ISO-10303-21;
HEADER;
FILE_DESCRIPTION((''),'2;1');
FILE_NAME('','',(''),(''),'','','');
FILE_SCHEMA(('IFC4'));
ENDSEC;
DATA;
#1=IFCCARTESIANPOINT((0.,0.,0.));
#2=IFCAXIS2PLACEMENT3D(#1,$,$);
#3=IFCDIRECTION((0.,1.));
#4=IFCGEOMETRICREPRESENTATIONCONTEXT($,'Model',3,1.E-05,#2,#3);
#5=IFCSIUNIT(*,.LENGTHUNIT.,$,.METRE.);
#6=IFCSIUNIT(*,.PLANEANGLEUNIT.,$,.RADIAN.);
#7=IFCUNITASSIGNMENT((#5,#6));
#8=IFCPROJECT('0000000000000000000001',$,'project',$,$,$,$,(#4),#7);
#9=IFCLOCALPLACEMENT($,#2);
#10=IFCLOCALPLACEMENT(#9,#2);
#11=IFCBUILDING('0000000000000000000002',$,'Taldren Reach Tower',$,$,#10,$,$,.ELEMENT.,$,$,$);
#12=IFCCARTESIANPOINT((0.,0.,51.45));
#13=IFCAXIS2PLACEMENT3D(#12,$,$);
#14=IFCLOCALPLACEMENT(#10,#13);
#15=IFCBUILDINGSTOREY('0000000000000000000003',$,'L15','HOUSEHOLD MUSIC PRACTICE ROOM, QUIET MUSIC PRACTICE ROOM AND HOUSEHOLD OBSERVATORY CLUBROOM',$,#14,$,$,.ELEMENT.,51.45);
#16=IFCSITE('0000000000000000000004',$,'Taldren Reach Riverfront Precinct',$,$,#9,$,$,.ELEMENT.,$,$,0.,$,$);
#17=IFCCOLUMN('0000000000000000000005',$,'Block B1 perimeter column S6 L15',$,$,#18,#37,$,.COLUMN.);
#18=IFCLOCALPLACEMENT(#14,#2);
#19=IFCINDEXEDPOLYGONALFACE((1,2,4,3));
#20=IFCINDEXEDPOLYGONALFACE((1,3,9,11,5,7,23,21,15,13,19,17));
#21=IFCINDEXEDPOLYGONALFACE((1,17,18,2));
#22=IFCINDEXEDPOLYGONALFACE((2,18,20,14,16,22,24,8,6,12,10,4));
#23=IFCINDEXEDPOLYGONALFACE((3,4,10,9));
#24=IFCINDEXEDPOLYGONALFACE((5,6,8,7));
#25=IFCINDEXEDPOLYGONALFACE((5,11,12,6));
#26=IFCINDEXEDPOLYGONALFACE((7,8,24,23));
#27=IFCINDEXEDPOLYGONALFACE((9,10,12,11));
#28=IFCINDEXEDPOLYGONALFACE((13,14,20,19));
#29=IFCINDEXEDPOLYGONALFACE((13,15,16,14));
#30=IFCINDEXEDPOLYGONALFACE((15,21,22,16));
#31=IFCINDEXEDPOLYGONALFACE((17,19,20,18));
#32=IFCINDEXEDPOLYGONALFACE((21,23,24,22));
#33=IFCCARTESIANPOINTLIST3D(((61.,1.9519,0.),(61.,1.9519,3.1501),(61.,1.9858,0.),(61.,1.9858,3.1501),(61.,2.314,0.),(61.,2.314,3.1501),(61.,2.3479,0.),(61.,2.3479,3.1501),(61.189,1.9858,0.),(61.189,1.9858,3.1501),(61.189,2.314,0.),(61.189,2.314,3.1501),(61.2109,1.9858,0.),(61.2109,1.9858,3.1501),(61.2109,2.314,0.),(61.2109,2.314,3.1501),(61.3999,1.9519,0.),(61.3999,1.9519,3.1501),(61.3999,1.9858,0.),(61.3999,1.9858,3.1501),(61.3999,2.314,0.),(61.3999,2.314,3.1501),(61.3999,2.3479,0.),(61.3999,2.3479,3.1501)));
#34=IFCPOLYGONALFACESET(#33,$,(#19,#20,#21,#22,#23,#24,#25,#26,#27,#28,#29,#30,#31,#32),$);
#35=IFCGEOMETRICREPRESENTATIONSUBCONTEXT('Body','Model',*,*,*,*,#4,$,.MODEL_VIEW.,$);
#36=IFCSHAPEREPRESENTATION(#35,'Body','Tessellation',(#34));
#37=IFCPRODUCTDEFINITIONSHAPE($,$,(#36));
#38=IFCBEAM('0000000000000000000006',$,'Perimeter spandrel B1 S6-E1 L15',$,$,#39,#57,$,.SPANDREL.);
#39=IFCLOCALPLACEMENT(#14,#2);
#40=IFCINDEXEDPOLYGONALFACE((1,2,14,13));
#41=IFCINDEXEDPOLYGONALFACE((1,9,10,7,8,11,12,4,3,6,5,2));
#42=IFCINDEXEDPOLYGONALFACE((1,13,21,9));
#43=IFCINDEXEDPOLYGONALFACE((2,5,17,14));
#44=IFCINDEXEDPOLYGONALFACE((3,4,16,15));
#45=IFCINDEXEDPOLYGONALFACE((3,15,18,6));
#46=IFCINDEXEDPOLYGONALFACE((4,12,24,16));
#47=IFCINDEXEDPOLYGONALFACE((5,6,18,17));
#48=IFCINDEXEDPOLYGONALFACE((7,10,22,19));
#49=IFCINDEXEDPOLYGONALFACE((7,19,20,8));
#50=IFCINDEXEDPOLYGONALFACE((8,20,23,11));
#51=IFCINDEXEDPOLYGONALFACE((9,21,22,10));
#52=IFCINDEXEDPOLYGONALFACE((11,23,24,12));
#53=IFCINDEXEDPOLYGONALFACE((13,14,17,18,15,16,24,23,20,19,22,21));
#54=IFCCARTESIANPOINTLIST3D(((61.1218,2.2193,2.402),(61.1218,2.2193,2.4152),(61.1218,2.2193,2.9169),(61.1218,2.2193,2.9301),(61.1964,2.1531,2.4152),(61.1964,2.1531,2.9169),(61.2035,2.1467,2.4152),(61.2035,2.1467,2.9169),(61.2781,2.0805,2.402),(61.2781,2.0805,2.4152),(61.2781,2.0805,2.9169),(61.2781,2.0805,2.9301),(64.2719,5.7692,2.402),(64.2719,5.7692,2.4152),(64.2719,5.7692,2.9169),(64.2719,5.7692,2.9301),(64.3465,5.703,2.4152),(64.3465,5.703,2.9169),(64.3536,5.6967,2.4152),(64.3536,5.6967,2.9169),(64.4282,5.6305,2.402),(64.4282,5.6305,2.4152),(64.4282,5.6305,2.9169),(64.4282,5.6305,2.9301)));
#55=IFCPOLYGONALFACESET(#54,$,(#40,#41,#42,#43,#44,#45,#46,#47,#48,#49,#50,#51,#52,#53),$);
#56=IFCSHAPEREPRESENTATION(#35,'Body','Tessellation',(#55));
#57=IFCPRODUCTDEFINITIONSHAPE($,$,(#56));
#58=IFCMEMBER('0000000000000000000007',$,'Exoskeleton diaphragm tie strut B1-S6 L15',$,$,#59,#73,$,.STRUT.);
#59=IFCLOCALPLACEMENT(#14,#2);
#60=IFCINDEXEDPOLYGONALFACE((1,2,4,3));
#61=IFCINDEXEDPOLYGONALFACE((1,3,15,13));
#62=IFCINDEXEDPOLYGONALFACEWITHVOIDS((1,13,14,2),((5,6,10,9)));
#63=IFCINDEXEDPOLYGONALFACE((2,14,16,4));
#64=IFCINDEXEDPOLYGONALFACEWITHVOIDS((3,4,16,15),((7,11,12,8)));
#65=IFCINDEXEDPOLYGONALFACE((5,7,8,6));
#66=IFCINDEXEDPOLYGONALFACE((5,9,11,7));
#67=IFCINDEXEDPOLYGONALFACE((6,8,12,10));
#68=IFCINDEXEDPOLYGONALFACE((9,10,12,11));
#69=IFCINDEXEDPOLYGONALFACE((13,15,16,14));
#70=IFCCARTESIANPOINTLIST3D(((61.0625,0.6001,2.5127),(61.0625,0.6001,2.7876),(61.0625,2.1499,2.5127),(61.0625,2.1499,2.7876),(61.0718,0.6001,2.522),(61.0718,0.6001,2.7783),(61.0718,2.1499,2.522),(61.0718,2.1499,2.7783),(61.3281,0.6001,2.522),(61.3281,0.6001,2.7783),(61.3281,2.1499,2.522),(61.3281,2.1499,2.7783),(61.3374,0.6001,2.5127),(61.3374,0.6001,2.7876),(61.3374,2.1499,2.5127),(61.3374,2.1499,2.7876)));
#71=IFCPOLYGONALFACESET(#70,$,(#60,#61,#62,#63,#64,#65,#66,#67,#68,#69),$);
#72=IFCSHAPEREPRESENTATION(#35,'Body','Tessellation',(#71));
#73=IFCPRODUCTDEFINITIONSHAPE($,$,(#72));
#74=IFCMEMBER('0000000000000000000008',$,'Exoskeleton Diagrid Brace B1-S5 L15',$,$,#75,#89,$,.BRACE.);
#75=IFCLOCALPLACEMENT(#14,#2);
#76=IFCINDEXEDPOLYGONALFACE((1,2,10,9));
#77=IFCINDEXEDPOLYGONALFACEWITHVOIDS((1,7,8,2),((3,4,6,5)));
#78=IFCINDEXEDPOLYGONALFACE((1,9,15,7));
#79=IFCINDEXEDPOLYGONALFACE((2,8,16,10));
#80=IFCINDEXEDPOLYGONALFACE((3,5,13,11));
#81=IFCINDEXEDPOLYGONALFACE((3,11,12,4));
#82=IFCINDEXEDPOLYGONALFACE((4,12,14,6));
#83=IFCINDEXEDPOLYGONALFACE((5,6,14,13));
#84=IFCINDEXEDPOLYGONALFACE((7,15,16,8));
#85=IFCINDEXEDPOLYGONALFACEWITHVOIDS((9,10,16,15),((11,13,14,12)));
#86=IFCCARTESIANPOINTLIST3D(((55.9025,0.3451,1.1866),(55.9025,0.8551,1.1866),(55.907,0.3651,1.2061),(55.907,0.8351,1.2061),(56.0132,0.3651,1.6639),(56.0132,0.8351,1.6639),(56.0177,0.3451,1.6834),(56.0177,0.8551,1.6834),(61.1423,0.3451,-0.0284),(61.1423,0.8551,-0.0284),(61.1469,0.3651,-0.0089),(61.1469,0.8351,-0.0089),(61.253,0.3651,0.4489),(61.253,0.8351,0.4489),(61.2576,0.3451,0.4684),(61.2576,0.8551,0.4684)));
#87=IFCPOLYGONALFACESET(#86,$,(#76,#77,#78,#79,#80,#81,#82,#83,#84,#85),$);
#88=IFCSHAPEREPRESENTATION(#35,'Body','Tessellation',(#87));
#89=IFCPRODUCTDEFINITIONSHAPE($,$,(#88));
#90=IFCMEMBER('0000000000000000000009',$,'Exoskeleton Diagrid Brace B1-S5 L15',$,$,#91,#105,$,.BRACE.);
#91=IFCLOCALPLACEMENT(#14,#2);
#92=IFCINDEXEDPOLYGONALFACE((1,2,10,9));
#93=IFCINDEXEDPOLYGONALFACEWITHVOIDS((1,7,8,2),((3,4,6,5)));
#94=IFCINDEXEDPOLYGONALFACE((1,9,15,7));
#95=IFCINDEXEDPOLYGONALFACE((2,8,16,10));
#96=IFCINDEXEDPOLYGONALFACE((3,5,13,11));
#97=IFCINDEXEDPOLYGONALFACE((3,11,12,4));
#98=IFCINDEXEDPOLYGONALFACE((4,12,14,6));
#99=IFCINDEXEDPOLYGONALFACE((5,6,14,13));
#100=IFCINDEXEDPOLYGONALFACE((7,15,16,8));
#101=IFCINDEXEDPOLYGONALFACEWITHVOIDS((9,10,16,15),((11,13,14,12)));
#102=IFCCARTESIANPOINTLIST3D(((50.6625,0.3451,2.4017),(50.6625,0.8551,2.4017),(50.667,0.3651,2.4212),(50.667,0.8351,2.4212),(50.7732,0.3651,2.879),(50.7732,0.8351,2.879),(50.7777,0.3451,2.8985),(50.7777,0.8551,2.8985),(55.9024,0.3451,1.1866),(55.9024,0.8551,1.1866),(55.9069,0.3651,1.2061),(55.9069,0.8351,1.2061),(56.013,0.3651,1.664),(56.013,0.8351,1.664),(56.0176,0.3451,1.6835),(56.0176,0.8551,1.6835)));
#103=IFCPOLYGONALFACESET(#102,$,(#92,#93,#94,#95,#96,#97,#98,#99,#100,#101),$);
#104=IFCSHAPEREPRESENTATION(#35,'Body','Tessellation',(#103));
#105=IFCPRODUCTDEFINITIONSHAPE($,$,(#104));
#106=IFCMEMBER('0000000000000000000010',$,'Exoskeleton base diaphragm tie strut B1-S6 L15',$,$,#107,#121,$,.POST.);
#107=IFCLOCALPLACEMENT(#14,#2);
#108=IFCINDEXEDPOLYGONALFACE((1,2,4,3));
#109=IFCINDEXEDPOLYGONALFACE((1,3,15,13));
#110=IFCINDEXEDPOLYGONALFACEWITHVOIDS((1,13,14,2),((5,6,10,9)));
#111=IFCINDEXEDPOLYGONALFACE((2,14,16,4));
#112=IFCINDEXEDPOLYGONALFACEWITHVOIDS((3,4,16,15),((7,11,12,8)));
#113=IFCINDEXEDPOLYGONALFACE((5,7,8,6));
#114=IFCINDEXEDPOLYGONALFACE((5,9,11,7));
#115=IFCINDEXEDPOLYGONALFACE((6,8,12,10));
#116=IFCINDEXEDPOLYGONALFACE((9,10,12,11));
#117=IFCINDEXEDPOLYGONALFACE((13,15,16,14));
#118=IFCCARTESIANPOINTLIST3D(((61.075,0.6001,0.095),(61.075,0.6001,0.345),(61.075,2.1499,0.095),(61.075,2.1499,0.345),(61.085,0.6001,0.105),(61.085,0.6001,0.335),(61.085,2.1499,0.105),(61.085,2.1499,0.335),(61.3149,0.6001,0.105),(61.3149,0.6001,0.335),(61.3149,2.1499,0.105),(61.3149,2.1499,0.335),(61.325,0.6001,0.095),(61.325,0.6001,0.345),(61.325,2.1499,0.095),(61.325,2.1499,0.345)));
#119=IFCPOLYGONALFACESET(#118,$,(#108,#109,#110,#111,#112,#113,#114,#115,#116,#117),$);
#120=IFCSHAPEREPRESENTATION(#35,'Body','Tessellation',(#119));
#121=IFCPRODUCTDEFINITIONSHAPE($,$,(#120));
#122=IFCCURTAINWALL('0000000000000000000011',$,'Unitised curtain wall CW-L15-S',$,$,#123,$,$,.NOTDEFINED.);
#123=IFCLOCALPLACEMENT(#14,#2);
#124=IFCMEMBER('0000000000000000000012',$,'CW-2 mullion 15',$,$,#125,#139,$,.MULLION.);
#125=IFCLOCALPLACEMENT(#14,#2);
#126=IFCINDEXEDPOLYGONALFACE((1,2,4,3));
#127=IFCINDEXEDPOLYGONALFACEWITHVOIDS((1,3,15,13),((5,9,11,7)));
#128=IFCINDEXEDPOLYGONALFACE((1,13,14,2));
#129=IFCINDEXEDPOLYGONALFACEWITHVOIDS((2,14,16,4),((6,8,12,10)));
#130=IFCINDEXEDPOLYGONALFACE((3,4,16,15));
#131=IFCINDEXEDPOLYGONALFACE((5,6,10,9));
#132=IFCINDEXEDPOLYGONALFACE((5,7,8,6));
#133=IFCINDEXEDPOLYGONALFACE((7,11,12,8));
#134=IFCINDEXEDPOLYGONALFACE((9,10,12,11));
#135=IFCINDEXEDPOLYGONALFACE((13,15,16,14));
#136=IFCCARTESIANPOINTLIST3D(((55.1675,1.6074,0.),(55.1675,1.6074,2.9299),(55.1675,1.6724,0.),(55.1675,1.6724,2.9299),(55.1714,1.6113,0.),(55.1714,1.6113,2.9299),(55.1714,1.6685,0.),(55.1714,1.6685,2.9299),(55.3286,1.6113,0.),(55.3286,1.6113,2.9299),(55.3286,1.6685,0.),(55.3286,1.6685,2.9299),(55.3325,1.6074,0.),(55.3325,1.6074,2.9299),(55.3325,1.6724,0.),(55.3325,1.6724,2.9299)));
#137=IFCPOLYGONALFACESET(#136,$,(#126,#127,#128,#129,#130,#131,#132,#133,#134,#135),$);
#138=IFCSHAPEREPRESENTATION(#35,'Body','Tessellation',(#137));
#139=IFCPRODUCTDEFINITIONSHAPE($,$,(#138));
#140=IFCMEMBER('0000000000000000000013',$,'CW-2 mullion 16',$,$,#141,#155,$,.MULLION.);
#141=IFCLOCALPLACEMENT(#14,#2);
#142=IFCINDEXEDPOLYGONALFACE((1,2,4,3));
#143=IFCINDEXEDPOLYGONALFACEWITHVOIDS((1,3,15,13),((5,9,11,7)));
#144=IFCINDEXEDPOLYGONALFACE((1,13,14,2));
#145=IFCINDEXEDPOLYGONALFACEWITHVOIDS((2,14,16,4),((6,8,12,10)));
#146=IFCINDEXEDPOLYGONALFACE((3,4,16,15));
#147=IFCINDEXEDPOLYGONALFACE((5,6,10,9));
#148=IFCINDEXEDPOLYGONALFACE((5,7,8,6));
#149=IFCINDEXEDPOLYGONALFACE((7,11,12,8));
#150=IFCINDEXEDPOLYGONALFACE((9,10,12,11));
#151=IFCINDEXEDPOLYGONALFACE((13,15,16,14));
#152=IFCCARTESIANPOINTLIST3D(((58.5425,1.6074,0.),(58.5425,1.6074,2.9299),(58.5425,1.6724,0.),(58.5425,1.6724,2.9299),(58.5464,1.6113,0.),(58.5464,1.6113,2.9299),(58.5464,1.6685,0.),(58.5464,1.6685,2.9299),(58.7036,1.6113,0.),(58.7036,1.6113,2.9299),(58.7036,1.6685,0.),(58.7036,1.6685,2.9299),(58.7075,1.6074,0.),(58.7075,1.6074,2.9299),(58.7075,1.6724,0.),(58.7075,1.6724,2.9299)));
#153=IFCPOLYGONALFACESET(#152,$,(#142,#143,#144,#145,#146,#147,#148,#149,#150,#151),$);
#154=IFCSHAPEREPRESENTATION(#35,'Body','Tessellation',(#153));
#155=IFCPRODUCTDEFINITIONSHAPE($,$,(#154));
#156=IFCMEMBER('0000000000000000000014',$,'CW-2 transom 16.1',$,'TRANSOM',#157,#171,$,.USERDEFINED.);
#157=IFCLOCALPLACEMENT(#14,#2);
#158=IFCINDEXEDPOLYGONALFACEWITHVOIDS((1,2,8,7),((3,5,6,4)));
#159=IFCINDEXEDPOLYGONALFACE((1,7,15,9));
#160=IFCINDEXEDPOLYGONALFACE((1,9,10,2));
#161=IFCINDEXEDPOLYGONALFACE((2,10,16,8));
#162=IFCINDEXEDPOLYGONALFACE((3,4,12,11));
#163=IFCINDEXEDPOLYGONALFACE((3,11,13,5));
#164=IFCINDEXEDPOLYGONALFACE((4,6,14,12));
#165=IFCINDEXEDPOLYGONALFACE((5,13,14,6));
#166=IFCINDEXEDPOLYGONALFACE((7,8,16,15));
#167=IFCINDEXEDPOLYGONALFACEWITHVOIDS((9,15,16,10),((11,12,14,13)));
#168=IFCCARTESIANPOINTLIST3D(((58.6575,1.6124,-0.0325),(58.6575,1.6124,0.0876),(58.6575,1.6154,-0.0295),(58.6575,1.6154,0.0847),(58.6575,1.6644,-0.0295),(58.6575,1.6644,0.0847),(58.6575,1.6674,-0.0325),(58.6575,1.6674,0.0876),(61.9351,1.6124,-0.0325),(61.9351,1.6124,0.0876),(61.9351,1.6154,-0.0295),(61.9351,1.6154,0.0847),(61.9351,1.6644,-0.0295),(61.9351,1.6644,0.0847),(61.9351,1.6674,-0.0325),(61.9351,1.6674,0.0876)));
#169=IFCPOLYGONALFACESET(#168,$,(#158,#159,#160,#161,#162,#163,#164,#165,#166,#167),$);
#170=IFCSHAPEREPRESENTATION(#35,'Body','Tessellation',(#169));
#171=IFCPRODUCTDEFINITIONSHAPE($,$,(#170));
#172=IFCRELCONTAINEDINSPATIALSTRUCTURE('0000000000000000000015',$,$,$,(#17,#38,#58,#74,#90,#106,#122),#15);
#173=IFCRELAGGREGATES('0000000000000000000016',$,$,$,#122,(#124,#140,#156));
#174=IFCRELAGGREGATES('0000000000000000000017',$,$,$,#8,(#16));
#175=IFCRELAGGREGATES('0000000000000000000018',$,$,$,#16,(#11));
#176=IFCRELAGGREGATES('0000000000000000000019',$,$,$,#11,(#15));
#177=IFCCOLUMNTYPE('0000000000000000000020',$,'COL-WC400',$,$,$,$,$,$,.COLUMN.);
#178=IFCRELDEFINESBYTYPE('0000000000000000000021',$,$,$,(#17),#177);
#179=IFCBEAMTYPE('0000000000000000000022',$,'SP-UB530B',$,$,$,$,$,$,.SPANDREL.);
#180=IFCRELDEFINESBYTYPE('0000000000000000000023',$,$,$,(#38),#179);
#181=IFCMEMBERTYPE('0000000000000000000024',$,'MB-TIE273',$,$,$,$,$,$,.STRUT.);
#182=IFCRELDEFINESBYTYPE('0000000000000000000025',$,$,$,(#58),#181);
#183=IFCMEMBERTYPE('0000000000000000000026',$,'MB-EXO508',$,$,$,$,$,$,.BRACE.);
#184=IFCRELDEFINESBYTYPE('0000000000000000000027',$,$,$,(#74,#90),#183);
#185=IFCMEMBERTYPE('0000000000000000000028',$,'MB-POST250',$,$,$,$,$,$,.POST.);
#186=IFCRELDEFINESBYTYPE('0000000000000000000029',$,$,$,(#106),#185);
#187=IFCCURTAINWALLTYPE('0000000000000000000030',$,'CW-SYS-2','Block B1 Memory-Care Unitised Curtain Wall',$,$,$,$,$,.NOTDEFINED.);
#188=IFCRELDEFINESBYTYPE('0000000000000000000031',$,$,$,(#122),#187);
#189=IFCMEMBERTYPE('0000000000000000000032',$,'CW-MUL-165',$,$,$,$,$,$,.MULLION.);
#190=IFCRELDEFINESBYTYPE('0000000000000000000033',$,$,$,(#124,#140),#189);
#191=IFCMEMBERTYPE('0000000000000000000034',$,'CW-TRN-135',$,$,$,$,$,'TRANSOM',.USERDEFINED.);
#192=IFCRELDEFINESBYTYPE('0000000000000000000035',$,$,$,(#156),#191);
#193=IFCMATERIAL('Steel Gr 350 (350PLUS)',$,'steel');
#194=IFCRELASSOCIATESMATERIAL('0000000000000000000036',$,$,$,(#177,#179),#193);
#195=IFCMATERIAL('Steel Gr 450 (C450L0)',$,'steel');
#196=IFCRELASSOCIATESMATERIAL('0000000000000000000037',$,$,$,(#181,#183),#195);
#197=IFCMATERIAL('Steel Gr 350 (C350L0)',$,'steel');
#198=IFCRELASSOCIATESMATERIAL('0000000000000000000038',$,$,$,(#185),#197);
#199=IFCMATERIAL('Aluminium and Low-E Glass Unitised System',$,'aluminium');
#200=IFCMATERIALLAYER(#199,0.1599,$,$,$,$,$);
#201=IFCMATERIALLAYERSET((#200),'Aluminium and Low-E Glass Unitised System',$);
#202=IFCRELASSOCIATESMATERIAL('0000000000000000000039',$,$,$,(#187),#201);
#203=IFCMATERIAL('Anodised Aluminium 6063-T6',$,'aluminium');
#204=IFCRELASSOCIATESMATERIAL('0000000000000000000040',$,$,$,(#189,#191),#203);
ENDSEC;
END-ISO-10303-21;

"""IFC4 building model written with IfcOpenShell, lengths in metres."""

from ifc_helpers import new_model, si_unit, direction, frame, origin, origin_2d, place, context, subcontext, project, spatial, hollow_rectangle, i_section, extrude, source, transform, mapped, material, layer, layer_set, material_profile, profile_set, type_object, element, aggregate, save


model = new_model("IFC4")

# Units and contexts
model_context = context("Model", 3, precision=1e-05, world=origin(), true_north=direction((0.0, 1.0)))
body_context = subcontext(model_context, "Body", "Model", "MODEL_VIEW")
ifc_project = project(units=[si_unit("LENGTHUNIT", "METRE"), si_unit("PLANEANGLEUNIT", "RADIAN")], contexts=[model_context])

# Site, building, storey
site_placement = place(None, origin())
site = spatial("IfcSite", under=ifc_project, at=site_placement, Name="Taldren Reach Riverfront Precinct", CompositionType="ELEMENT", RefElevation=0.0)
building_placement = place(site_placement, origin())
building = spatial("IfcBuilding", under=site, at=building_placement, Name="Taldren Reach Tower", CompositionType="ELEMENT")
storey_placement = place(building_placement, frame((0.0, 0.0, 51.45)))
storey = spatial("IfcBuildingStorey", under=building, at=storey_placement, Name="L15", Description="HOUSEHOLD MUSIC PRACTICE ROOM, QUIET MUSIC PRACTICE ROOM AND HOUSEHOLD OBSERVATORY CLUBROOM", CompositionType="ELEMENT", Elevation=51.45)

# Column
ifc_material_1 = material(Name="Steel Gr 350 (350PLUS)", Category="steel")
ifc_material_profile_1 = material_profile(ifc_material_1, i_section(OverallWidth=0.3999, OverallDepth=0.396, WebThickness=0.022, FlangeThickness=0.0339, at=origin_2d()), Name="400WC270")
ifc_profile_set_1 = profile_set([ifc_material_profile_1], Name="Steel Gr 350 (350PLUS)")
column_type = type_object("IfcColumnType", Name="COL-WC400", PredefinedType="COLUMN", material=ifc_profile_set_1)
shared_shape_1 = source(origin(), body_context, "Body", "SweptSolid", [
    extrude(i_section(OverallWidth=0.3999, OverallDepth=0.396, WebThickness=0.022, FlangeThickness=0.0339, at=origin_2d()), origin(), (0.0, 0.0, 1.0), 3.1501),
])
column_placement = place(storey_placement, frame((61.2, 2.1499, 0.0), z_axis=(0.0, 0.0, 1.0), x_axis=(1.0, 0.0, 0.0)))
element("IfcColumn", 1, at=column_placement, inside=storey, type_object=column_type, Name="Block B1 perimeter column S6 L15", PredefinedType="COLUMN", context=body_context, shape_type="MappedRepresentation", body=[
    mapped(shared_shape_1, transform((0.0, 0.0, 0.0), scale=1.0)),
])

# Beam
ifc_material_profile_2 = material_profile(ifc_material_1, i_section(OverallWidth=0.209, OverallDepth=0.5281, WebThickness=0.0095, FlangeThickness=0.0132, at=origin_2d()), Name="530UB82.0")
ifc_profile_set_2 = profile_set([ifc_material_profile_2], Name="Steel Gr 350 (350PLUS)")
beam_type = type_object("IfcBeamType", Name="SP-UB530B", PredefinedType="SPANDREL", material=ifc_profile_set_2)
shared_shape_2 = source(origin(), body_context, "Body", "SweptSolid", [
    extrude(i_section(OverallWidth=0.209, OverallDepth=0.5281, WebThickness=0.0095, FlangeThickness=0.0132, at=origin_2d()), origin(), (0.0, 0.0, 1.0), 4.7461),
])
beam_placement = place(storey_placement, frame((61.2, 2.1499, 2.666), z_axis=(0.663722, 0.747979, 0.0), x_axis=(-0.747979, 0.663722, 0.0)))
element("IfcBeam", 2, at=beam_placement, inside=storey, type_object=beam_type, Name="Perimeter spandrel B1 S6-E1 L15", PredefinedType="SPANDREL", context=body_context, shape_type="MappedRepresentation", body=[
    mapped(shared_shape_2, transform((0.0, 0.0, 0.0), scale=1.0)),
])

# Members
ifc_material_2 = material(Name="Steel Gr 450 (C450L0)", Category="steel")
ifc_material_profile_3 = material_profile(ifc_material_2, hollow_rectangle(XDim=0.2749, YDim=0.2749, WallThickness=0.0093, at=origin_2d()), Name="275x275x9.3SHS")
ifc_profile_set_3 = profile_set([ifc_material_profile_3], Name="Steel Gr 450 (C450L0)")
member_type_1 = type_object("IfcMemberType", Name="MB-TIE273", PredefinedType="STRUT", material=ifc_profile_set_3)
shared_shape_3 = source(origin(), body_context, "Body", "SweptSolid", [
    extrude(hollow_rectangle(XDim=0.2749, YDim=0.2749, WallThickness=0.0093, at=origin_2d()), origin(), (0.0, 0.0, 1.0), 1.5498),
])
member_1_placement = place(storey_placement, frame((61.2, 2.1499, 2.6501), z_axis=(0.0, -1.0, 0.0), x_axis=(1.0, 0.0, 0.0)))
element("IfcMember", 3, at=member_1_placement, inside=storey, type_object=member_type_1, Name="Exoskeleton diaphragm tie strut B1-S6 L15", PredefinedType="STRUT", context=body_context, shape_type="MappedRepresentation", body=[
    mapped(shared_shape_3, transform((0.0, 0.0, 0.0), scale=1.0)),
])
ifc_material_profile_4 = material_profile(ifc_material_2, hollow_rectangle(XDim=0.51, YDim=0.51, WallThickness=0.02, at=origin_2d()), Name="510x510x20.0SHS")
ifc_profile_set_4 = profile_set([ifc_material_profile_4], Name="Steel Gr 450 (C450L0)")
member_type_2 = type_object("IfcMemberType", Name="MB-EXO508", PredefinedType="BRACE", material=ifc_profile_set_4)
shared_shape_4 = source(origin(), body_context, "Body", "SweptSolid", [
    extrude(hollow_rectangle(XDim=0.51, YDim=0.51, WallThickness=0.02, at=origin_2d()), origin(), (0.0, 0.0, 1.0), 5.3789),
])
for number, where, z_axis, x_axis, name in (
    (4, (61.2, 0.6001, 0.22), (-0.974152, 0.0, 0.225894), (0.0, -1.0, 0.0), "Exoskeleton Diagrid Brace B1-S5 L15"),
    (5, (55.96, 0.6001, 1.4351), (-0.974152, 0.0, 0.225894), (0.0, -1.0, 0.0), "Exoskeleton Diagrid Brace B1-S5 L15"),
):
    element("IfcMember", number, at=place(storey_placement, frame(where, z_axis=z_axis, x_axis=x_axis)), inside=storey, type_object=member_type_2, Name=name, PredefinedType="BRACE", context=body_context, shape_type="MappedRepresentation", body=[
        mapped(shared_shape_4, transform((0.0, 0.0, 0.0), scale=1.0)),
    ])
ifc_material_3 = material(Name="Steel Gr 350 (C350L0)", Category="steel")
ifc_material_profile_5 = material_profile(ifc_material_3, hollow_rectangle(XDim=0.25, YDim=0.25, WallThickness=0.01, at=origin_2d()), Name="250x250x10.0SHS")
ifc_profile_set_5 = profile_set([ifc_material_profile_5], Name="Steel Gr 350 (C350L0)")
member_type_3 = type_object("IfcMemberType", Name="MB-POST250", PredefinedType="POST", material=ifc_profile_set_5)
shared_shape_5 = source(origin(), body_context, "Body", "SweptSolid", [
    extrude(hollow_rectangle(XDim=0.25, YDim=0.25, WallThickness=0.01, at=origin_2d()), origin(), (0.0, 0.0, 1.0), 1.5498),
])
member_2_placement = place(storey_placement, frame((61.2, 2.1499, 0.22), z_axis=(0.0, -1.0, 0.0), x_axis=(1.0, 0.0, 0.0)))
element("IfcMember", 6, at=member_2_placement, inside=storey, type_object=member_type_3, Name="Exoskeleton base diaphragm tie strut B1-S6 L15", PredefinedType="POST", context=body_context, shape_type="MappedRepresentation", body=[
    mapped(shared_shape_5, transform((0.0, 0.0, 0.0), scale=1.0)),
])

# Curtain wall, members
ifc_material_4 = material(Name="Aluminium and Low-E Glass Unitised System", Category="aluminium")
ifc_layer_1 = layer(ifc_material_4, 0.1599)
ifc_layer_set_1 = layer_set([ifc_layer_1], Name="Aluminium and Low-E Glass Unitised System")
curtain_wall_type = type_object("IfcCurtainWallType", Name="CW-SYS-2", Description="Block B1 Memory-Care Unitised Curtain Wall", PredefinedType="NOTDEFINED", material=ifc_layer_set_1)
curtain_wall_placement = place(storey_placement, origin())
curtain_wall = element("IfcCurtainWall", 7, at=curtain_wall_placement, inside=storey, type_object=curtain_wall_type, Name="Unitised curtain wall CW-L15-S", PredefinedType="NOTDEFINED")
ifc_material_5 = material(Name="Anodised Aluminium 6063-T6", Category="aluminium")
ifc_material_profile_6 = material_profile(ifc_material_5, hollow_rectangle(XDim=0.0649, YDim=0.165, WallThickness=0.0039, at=origin_2d()), Name="ALU-165x65x4RHS")
ifc_profile_set_6 = profile_set([ifc_material_profile_6], Name="Anodised Aluminium 6063-T6")
member_type_4 = type_object("IfcMemberType", Name="CW-MUL-165", PredefinedType="MULLION", material=ifc_profile_set_6)
shared_shape_6 = source(origin(), body_context, "Body", "SweptSolid", [
    extrude(hollow_rectangle(XDim=0.0649, YDim=0.165, WallThickness=0.0039, at=origin_2d()), origin(), (0.0, 0.0, 1.0), 2.9299),
])
member_3_placement = place(storey_placement, frame((55.25, 1.6399, 0.0), z_axis=(0.0, 0.0, 1.0), x_axis=(0.0, 1.0, 0.0)))
member_3 = element("IfcMember", 8, at=member_3_placement, type_object=member_type_4, Name="CW-2 mullion 15", PredefinedType="MULLION", context=body_context, shape_type="MappedRepresentation", body=[
    mapped(shared_shape_6, transform((0.0, 0.0, 0.0), scale=1.0)),
])
member_4_placement = place(storey_placement, frame((58.625, 1.6399, 0.0), z_axis=(0.0, 0.0, 1.0), x_axis=(0.0, 1.0, 0.0)))
member_4 = element("IfcMember", 9, at=member_4_placement, type_object=member_type_4, Name="CW-2 mullion 16", PredefinedType="MULLION", context=body_context, shape_type="MappedRepresentation", body=[
    mapped(shared_shape_6, transform((0.0, 0.0, 0.0), scale=1.0)),
])
ifc_material_profile_7 = material_profile(ifc_material_5, hollow_rectangle(XDim=0.0549, YDim=0.1201, WallThickness=0.0029, at=origin_2d()), Name="ALU-120x55x3RHS")
ifc_profile_set_7 = profile_set([ifc_material_profile_7], Name="Anodised Aluminium 6063-T6")
member_type_5 = type_object("IfcMemberType", Name="CW-TRN-135", ElementType="TRANSOM", PredefinedType="USERDEFINED", material=ifc_profile_set_7)
shared_shape_7 = source(origin(), body_context, "Body", "SweptSolid", [
    extrude(hollow_rectangle(XDim=0.0549, YDim=0.1201, WallThickness=0.0029, at=origin_2d()), origin(), (0.0, 0.0, 1.0), 3.2776),
])
member_5_placement = place(storey_placement, frame((58.6575, 1.6399, 0.0276), z_axis=(1.0, 0.0, 0.0), x_axis=(0.0, 1.0, 0.0)))
member_5 = element("IfcMember", 10, at=member_5_placement, type_object=member_type_5, Name="CW-2 transom 16.1", ObjectType="TRANSOM", PredefinedType="USERDEFINED", context=body_context, shape_type="MappedRepresentation", body=[
    mapped(shared_shape_7, transform((0.0, 0.0, 0.0), scale=1.0)),
])

aggregate(curtain_wall, [member_3, member_4, member_5])

save(model, "model.ifc")
